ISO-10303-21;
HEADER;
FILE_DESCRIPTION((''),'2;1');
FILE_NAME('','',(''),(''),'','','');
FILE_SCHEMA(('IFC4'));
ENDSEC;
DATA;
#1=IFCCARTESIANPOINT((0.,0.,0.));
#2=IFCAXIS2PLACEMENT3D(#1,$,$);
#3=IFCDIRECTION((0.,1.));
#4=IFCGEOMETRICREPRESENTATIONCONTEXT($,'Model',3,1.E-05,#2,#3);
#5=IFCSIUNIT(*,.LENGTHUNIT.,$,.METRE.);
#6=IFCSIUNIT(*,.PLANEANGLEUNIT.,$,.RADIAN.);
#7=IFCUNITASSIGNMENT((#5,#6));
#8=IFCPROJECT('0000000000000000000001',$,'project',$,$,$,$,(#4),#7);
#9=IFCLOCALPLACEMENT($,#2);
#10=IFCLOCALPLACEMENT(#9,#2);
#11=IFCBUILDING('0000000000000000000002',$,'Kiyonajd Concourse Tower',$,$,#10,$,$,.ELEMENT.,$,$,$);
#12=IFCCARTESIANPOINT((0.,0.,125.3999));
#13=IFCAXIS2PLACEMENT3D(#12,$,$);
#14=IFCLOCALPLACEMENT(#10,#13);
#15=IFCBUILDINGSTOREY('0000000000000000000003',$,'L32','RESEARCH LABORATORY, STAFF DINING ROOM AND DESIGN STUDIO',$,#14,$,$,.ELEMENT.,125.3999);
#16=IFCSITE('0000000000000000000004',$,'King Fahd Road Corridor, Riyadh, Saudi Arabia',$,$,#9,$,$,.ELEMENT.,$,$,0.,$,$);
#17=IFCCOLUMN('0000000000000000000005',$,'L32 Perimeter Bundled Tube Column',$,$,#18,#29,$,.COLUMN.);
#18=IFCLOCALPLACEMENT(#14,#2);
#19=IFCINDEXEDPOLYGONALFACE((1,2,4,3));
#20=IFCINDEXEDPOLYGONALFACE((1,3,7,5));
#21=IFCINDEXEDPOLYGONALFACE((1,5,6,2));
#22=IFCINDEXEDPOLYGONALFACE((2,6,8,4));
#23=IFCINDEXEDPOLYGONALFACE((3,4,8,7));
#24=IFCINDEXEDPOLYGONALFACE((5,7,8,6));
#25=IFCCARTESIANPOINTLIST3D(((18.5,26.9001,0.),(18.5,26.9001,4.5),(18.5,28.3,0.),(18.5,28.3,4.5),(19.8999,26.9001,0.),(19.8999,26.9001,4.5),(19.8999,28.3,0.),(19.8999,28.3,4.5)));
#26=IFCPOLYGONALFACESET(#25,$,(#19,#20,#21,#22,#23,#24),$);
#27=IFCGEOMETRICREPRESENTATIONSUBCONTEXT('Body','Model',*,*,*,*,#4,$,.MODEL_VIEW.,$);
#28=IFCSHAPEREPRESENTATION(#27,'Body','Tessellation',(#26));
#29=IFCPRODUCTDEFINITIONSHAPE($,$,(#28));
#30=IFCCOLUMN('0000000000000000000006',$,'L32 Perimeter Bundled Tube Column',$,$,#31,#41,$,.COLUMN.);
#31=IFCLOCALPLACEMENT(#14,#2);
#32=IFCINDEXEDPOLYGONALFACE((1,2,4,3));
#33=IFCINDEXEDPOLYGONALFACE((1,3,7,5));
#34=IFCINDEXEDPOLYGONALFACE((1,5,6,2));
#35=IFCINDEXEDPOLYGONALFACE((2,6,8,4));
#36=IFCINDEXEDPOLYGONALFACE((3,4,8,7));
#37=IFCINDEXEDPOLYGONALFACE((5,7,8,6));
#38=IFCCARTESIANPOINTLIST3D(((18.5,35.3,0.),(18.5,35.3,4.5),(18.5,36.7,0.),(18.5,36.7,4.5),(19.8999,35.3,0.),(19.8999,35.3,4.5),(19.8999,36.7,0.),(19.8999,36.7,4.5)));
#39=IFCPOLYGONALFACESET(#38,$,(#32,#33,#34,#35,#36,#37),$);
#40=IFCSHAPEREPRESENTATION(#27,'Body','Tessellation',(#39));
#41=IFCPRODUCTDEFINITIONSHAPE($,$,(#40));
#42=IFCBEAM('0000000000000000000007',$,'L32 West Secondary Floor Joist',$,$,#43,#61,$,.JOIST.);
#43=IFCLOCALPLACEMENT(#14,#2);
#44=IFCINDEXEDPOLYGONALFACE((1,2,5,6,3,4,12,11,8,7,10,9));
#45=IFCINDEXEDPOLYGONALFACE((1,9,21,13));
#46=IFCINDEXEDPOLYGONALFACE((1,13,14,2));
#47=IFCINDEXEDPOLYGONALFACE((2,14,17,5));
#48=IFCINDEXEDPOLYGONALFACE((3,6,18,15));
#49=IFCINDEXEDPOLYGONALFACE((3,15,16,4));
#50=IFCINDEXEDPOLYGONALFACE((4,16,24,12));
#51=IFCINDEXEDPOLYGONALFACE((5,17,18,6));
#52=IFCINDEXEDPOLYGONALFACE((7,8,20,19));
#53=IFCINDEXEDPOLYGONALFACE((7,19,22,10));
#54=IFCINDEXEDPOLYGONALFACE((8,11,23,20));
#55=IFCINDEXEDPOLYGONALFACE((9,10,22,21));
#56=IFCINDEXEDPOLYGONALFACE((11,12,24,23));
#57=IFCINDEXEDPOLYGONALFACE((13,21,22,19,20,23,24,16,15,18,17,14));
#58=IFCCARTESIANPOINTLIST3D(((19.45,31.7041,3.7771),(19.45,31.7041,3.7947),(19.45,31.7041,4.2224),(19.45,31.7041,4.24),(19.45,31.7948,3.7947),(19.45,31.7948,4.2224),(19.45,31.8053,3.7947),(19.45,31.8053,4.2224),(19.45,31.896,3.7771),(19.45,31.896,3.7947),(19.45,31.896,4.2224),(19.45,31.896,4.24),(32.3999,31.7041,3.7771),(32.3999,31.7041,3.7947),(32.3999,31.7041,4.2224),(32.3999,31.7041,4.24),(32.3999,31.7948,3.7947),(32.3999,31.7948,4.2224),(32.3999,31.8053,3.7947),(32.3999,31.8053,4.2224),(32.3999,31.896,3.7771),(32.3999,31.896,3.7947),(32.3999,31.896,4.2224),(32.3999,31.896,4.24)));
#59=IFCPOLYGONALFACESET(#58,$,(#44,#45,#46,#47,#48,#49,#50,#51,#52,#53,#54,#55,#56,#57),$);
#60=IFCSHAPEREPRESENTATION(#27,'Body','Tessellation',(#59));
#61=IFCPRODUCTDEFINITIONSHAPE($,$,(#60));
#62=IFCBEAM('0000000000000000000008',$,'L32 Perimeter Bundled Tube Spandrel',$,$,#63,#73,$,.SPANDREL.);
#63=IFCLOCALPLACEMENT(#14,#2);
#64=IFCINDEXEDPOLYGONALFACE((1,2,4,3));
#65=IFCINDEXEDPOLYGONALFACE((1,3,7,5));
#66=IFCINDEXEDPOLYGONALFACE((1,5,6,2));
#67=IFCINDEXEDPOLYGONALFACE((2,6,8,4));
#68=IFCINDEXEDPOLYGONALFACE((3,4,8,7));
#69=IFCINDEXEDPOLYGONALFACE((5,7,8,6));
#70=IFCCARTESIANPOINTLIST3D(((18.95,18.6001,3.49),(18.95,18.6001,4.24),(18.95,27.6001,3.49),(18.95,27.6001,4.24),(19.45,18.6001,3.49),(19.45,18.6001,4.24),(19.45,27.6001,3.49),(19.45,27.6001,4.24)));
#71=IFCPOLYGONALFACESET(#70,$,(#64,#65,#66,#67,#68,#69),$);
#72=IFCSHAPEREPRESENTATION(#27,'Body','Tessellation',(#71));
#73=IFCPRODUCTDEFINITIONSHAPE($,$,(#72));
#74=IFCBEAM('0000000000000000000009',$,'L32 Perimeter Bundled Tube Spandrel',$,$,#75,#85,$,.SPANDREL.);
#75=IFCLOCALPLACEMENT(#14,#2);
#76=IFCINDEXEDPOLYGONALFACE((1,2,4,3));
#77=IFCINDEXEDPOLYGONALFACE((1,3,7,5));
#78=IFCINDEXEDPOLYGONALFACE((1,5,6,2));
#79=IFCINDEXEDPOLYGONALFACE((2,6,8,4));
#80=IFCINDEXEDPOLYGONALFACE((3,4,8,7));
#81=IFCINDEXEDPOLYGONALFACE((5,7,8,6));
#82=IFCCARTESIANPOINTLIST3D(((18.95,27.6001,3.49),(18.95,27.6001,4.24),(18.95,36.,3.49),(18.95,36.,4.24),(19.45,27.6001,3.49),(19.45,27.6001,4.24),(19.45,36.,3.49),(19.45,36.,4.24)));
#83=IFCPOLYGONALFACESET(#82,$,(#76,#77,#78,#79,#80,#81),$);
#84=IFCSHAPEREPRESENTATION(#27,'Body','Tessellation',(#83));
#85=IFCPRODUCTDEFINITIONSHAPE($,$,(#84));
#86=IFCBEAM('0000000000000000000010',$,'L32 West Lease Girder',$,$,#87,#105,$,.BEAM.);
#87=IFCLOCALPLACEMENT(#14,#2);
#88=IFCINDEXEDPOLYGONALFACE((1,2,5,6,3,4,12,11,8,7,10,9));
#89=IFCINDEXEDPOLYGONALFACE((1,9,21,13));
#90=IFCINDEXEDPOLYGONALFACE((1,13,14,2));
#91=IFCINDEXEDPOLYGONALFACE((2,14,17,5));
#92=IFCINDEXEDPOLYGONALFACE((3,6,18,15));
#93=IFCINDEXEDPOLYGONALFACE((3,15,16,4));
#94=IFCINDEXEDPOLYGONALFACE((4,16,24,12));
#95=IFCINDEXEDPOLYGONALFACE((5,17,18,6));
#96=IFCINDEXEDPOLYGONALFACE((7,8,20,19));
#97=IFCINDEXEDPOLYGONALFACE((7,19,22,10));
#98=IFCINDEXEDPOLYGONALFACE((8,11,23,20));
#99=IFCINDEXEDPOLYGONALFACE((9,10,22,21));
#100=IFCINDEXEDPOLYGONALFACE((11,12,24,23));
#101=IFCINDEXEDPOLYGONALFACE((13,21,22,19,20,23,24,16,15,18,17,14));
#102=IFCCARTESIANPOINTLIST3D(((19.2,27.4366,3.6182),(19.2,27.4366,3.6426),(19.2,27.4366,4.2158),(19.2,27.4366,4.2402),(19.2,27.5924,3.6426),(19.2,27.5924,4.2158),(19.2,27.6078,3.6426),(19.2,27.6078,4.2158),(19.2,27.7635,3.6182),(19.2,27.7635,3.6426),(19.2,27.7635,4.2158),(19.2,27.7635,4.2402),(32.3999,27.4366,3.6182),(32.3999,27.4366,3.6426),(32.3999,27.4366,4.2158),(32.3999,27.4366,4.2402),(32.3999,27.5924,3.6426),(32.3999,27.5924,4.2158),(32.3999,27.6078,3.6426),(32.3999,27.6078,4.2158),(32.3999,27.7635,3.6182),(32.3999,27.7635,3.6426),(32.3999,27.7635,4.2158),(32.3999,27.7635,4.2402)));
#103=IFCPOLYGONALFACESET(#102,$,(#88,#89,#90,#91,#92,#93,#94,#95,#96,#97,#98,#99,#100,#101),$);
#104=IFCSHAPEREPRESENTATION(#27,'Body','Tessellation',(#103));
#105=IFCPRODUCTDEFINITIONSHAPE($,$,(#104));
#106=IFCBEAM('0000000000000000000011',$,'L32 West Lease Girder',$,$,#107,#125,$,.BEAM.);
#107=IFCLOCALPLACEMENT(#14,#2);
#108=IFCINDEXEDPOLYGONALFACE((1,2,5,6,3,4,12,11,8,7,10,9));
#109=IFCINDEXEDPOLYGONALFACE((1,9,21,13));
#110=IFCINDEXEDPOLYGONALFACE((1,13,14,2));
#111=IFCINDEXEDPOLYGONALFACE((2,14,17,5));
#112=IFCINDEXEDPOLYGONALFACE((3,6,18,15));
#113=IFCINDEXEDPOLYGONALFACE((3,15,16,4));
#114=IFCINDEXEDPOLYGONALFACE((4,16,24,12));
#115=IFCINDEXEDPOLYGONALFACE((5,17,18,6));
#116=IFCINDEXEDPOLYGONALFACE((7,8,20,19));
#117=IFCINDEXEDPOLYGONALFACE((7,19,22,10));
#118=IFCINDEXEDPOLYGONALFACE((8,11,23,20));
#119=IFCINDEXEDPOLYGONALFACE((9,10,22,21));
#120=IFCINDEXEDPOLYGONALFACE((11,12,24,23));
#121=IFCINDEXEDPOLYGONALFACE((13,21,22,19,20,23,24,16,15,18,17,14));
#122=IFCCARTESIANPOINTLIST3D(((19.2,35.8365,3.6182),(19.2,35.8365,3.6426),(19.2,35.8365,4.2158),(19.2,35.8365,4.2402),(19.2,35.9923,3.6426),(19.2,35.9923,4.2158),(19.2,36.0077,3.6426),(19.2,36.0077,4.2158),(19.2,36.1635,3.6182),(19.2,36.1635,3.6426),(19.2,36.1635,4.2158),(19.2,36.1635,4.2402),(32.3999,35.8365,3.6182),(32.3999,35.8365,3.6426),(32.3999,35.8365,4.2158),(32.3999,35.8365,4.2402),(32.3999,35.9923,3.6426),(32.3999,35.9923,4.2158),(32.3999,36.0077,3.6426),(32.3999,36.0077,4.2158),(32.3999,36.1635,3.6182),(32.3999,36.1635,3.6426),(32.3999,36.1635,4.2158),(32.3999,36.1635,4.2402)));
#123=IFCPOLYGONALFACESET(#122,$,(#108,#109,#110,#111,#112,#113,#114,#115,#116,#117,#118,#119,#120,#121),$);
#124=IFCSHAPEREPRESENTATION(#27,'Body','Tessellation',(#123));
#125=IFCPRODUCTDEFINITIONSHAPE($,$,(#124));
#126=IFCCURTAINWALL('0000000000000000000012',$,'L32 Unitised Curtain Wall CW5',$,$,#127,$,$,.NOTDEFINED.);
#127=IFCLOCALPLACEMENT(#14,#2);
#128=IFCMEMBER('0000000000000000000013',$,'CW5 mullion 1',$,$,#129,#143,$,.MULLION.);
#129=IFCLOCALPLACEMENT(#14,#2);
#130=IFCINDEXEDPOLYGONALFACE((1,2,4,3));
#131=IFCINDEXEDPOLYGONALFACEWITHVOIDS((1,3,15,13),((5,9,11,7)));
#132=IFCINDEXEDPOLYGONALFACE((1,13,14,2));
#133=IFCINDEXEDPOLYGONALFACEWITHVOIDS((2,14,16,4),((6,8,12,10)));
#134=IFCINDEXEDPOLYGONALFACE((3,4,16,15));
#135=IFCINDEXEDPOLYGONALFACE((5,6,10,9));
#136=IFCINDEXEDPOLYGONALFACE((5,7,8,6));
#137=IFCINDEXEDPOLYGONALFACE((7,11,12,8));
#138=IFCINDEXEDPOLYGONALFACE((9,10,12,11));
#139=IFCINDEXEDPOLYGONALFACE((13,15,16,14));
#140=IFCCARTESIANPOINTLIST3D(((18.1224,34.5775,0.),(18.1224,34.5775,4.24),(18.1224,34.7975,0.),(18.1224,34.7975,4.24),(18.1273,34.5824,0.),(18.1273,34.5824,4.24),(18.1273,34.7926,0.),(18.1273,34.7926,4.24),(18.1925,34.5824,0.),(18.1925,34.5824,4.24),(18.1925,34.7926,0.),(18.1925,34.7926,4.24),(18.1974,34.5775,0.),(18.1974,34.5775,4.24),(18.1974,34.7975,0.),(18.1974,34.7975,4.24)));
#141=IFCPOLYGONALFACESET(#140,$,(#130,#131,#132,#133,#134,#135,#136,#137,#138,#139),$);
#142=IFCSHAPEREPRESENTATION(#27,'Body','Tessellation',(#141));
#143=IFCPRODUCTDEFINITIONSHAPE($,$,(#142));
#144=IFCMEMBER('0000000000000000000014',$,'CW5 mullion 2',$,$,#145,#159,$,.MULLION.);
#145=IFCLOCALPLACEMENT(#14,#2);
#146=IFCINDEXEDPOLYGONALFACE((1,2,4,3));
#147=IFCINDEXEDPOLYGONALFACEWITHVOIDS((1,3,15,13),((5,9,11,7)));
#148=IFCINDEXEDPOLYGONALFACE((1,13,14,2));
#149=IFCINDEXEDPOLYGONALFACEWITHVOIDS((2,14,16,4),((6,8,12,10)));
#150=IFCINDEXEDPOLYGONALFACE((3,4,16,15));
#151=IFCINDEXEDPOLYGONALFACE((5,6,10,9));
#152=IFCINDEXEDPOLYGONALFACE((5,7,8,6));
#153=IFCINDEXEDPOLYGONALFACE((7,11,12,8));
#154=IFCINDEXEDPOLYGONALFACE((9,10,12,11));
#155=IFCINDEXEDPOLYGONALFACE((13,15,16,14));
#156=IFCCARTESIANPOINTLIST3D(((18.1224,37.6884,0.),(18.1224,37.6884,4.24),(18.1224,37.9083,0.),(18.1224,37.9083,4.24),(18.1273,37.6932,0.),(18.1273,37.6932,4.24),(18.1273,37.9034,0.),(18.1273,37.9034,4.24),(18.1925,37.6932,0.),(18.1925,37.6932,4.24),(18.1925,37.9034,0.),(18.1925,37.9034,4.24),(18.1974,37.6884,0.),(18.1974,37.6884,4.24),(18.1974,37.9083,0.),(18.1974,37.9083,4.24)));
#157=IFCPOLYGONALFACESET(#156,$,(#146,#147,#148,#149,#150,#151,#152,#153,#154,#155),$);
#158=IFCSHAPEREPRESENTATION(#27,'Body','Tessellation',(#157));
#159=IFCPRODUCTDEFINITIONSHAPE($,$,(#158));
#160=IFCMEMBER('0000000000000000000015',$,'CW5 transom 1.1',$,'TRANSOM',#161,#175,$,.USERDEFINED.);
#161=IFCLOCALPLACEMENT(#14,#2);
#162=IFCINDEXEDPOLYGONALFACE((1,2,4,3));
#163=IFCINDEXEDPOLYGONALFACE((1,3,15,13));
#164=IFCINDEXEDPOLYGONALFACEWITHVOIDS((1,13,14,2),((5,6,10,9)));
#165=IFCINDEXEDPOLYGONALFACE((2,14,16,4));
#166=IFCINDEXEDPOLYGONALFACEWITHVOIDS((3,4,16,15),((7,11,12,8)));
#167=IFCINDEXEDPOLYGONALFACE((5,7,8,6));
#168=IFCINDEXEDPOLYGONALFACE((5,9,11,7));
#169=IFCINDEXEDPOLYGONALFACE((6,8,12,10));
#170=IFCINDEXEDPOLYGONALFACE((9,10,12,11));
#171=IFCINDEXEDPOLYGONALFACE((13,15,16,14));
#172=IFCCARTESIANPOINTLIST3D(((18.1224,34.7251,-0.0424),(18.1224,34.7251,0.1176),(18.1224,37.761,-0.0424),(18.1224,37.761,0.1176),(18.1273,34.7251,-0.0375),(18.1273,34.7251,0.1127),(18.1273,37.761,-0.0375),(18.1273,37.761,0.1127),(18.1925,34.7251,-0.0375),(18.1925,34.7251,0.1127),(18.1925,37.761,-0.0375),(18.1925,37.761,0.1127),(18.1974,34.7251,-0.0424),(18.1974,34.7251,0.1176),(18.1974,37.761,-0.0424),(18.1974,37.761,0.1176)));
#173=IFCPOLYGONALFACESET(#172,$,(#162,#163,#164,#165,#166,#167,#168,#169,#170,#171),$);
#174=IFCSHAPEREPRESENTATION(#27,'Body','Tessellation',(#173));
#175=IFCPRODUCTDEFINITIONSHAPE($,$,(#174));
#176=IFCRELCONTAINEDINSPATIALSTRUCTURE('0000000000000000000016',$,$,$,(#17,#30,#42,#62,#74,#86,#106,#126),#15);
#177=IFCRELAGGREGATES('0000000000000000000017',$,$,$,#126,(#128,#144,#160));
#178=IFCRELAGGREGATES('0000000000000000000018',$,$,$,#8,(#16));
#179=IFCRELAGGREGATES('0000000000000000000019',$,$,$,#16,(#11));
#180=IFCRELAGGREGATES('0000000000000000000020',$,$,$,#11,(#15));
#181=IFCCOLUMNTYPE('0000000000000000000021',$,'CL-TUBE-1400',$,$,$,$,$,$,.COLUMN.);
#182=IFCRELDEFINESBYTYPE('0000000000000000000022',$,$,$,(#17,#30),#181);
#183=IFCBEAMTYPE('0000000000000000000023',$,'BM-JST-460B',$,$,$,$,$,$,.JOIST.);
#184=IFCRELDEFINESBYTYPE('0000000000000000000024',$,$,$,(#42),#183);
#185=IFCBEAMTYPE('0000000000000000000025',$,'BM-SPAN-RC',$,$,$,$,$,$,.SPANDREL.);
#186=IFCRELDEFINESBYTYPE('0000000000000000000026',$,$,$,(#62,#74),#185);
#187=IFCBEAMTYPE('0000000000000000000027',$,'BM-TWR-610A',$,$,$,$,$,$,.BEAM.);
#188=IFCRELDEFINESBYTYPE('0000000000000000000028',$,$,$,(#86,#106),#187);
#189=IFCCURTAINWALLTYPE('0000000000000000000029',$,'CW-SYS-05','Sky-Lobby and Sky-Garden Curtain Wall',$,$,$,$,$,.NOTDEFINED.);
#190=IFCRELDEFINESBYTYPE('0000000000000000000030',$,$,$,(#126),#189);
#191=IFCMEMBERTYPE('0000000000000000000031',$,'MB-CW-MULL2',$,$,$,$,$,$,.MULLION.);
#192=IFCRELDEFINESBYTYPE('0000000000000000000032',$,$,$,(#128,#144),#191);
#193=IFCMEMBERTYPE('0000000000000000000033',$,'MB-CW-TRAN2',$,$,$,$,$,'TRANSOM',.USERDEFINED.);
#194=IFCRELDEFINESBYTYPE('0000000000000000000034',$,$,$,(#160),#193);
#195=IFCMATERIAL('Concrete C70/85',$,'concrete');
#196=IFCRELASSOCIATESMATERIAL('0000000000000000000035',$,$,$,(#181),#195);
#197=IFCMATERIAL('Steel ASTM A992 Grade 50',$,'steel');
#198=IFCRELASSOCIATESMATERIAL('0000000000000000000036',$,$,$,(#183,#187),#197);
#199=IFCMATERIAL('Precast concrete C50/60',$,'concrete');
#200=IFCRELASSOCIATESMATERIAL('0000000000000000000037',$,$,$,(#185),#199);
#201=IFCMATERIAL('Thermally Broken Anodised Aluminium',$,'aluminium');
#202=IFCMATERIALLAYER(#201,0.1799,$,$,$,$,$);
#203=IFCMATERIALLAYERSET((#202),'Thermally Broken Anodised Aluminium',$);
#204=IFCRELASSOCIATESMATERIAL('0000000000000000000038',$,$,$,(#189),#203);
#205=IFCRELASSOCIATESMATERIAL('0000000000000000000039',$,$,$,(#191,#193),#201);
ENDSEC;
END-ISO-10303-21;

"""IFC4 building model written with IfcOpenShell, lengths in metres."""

from ifc_helpers import new_model, si_unit, direction, frame, origin, origin_2d, place, context, subcontext, project, spatial, rectangle, hollow_rectangle, i_section, extrude, material, layer, layer_set, material_profile, profile_set, type_object, element, aggregate, save


model = new_model("IFC4")

# Units and contexts
model_context = context("Model", 3, precision=1e-05, world=origin(), true_north=direction((0.0, 1.0)))
body_context = subcontext(model_context, "Body", "Model", "MODEL_VIEW")
ifc_project = project(units=[si_unit("LENGTHUNIT", "METRE"), si_unit("PLANEANGLEUNIT", "RADIAN")], contexts=[model_context])

# Site, building, storey
site_placement = place(None, origin())
site = spatial("IfcSite", under=ifc_project, at=site_placement, Name="King Fahd Road Corridor, Riyadh, Saudi Arabia", CompositionType="ELEMENT", RefElevation=0.0)
building_placement = place(site_placement, origin())
building = spatial("IfcBuilding", under=site, at=building_placement, Name="Kiyonajd Concourse Tower", CompositionType="ELEMENT")
storey_placement = place(building_placement, frame((0.0, 0.0, 125.3999)))
storey = spatial("IfcBuildingStorey", under=building, at=storey_placement, Name="L32", Description="RESEARCH LABORATORY, STAFF DINING ROOM AND DESIGN STUDIO", CompositionType="ELEMENT", Elevation=125.3999)

# Columns
ifc_material_1 = material(Name="Concrete C70/85", Category="concrete")
ifc_material_profile_1 = material_profile(ifc_material_1, rectangle(XDim=1.3999, YDim=1.3999, at=origin_2d()), Name="RC-1400x1400")
ifc_profile_set_1 = profile_set([ifc_material_profile_1], Name="Concrete C70/85")
column_type = type_object("IfcColumnType", Name="CL-TUBE-1400", PredefinedType="COLUMN", material=ifc_profile_set_1)
for number, where, z_axis, x_axis, name in (
    (1, (19.2, 27.6001, 0.0), (0.0, 0.0, 1.0), (1.0, 0.0, 0.0), "L32 Perimeter Bundled Tube Column"),
    (2, (19.2, 36.0, 0.0), (0.0, 0.0, 1.0), (1.0, 0.0, 0.0), "L32 Perimeter Bundled Tube Column"),
):
    element("IfcColumn", number, at=place(storey_placement, frame(where, z_axis=z_axis, x_axis=x_axis)), inside=storey, type_object=column_type, Name=name, PredefinedType="COLUMN", context=body_context, shape_type="SweptSolid", body=[
        extrude(rectangle(XDim=1.3999, YDim=1.3999, at=origin_2d()), origin(), (0.0, 0.0, 1.0), 4.5),
    ])

# Beams
ifc_material_2 = material(Name="Steel ASTM A992 Grade 50", Category="steel")
ifc_material_profile_2 = material_profile(ifc_material_2, i_section(OverallWidth=0.1919, OverallDepth=0.4629, WebThickness=0.0105, FlangeThickness=0.0176, at=origin_2d()), Name="W460X89")
ifc_profile_set_2 = profile_set([ifc_material_profile_2], Name="Steel ASTM A992 Grade 50")
beam_type_1 = type_object("IfcBeamType", Name="BM-JST-460B", PredefinedType="JOIST", material=ifc_profile_set_2)
beam_1_placement = place(storey_placement, frame((19.45, 31.8, 4.0085), z_axis=(1.0, 0.0, 0.0), x_axis=(0.0, 1.0, 0.0)))
element("IfcBeam", 3, at=beam_1_placement, inside=storey, type_object=beam_type_1, Name="L32 West Secondary Floor Joist", PredefinedType="JOIST", context=body_context, shape_type="SweptSolid", body=[
    extrude(i_section(OverallWidth=0.1919, OverallDepth=0.4629, WebThickness=0.0105, FlangeThickness=0.0176, at=origin_2d()), origin(), (0.0, 0.0, 1.0), 12.95),
])
ifc_material_3 = material(Name="Precast concrete C50/60", Category="concrete")
ifc_material_profile_3 = material_profile(ifc_material_3, rectangle(XDim=0.5, YDim=0.75, at=origin_2d()), Name="RCBM-500x750")
ifc_profile_set_3 = profile_set([ifc_material_profile_3], Name="Precast concrete C50/60")
beam_type_2 = type_object("IfcBeamType", Name="BM-SPAN-RC", PredefinedType="SPANDREL", material=ifc_profile_set_3)
beam_2_placement = place(storey_placement, frame((19.2, 27.6001, 3.865), z_axis=(0.0, -1.0, 0.0), x_axis=(1.0, 0.0, 0.0)))
element("IfcBeam", 4, at=beam_2_placement, inside=storey, type_object=beam_type_2, Name="L32 Perimeter Bundled Tube Spandrel", PredefinedType="SPANDREL", context=body_context, shape_type="SweptSolid", body=[
    extrude(rectangle(XDim=0.5, YDim=0.75, at=origin_2d()), origin(), (0.0, 0.0, 1.0), 9.0),
])
beam_3_placement = place(storey_placement, frame((19.2, 36.0, 3.865), z_axis=(0.0, -1.0, 0.0), x_axis=(1.0, 0.0, 0.0)))
element("IfcBeam", 5, at=beam_3_placement, inside=storey, type_object=beam_type_2, Name="L32 Perimeter Bundled Tube Spandrel", PredefinedType="SPANDREL", context=body_context, shape_type="SweptSolid", body=[
    extrude(rectangle(XDim=0.5, YDim=0.75, at=origin_2d()), origin(), (0.0, 0.0, 1.0), 8.3999),
])
ifc_material_profile_4 = material_profile(ifc_material_2, i_section(OverallWidth=0.3269, OverallDepth=0.6221, WebThickness=0.0154, FlangeThickness=0.0244, at=origin_2d()), Name="W610X195")
ifc_profile_set_4 = profile_set([ifc_material_profile_4], Name="Steel ASTM A992 Grade 50")
beam_type_3 = type_object("IfcBeamType", Name="BM-TWR-610A", PredefinedType="BEAM", material=ifc_profile_set_4)
for number, where, z_axis, x_axis, name in (
    (6, (19.2, 27.6001, 3.9292), (1.0, 0.0, 0.0), (0.0, 1.0, 0.0), "L32 West Lease Girder"),
    (7, (19.2, 36.0, 3.9292), (1.0, 0.0, 0.0), (0.0, 1.0, 0.0), "L32 West Lease Girder"),
):
    element("IfcBeam", number, at=place(storey_placement, frame(where, z_axis=z_axis, x_axis=x_axis)), inside=storey, type_object=beam_type_3, Name=name, PredefinedType="BEAM", context=body_context, shape_type="SweptSolid", body=[
        extrude(i_section(OverallWidth=0.3269, OverallDepth=0.6221, WebThickness=0.0154, FlangeThickness=0.0244, at=origin_2d()), origin(), (0.0, 0.0, 1.0), 13.2),
    ])

# Curtain wall, members
ifc_material_4 = material(Name="Thermally Broken Anodised Aluminium", Category="aluminium")
ifc_layer_1 = layer(ifc_material_4, 0.1799)
ifc_layer_set_1 = layer_set([ifc_layer_1], Name="Thermally Broken Anodised Aluminium")
curtain_wall_type = type_object("IfcCurtainWallType", Name="CW-SYS-05", Description="Sky-Lobby and Sky-Garden Curtain Wall", PredefinedType="NOTDEFINED", material=ifc_layer_set_1)
curtain_wall_placement = place(storey_placement, origin())
curtain_wall = element("IfcCurtainWall", 8, at=curtain_wall_placement, inside=storey, type_object=curtain_wall_type, Name="L32 Unitised Curtain Wall CW5", PredefinedType="NOTDEFINED")
ifc_material_profile_5 = material_profile(ifc_material_4, hollow_rectangle(XDim=0.075, YDim=0.22, WallThickness=0.0049, at=origin_2d()), Name="MULL-75x220")
ifc_profile_set_5 = profile_set([ifc_material_profile_5], Name="Thermally Broken Anodised Aluminium")
member_type_1 = type_object("IfcMemberType", Name="MB-CW-MULL2", PredefinedType="MULLION", material=ifc_profile_set_5)
member_1_placement = place(storey_placement, frame((18.1599, 34.6875, 0.0), z_axis=(0.0, 0.0, 1.0), x_axis=(-1.0, 0.0, 0.0)))
member_1 = element("IfcMember", 9, at=member_1_placement, type_object=member_type_1, Name="CW5 mullion 1", PredefinedType="MULLION", context=body_context, shape_type="SweptSolid", body=[
    extrude(hollow_rectangle(XDim=0.075, YDim=0.22, WallThickness=0.0049, at=origin_2d()), origin(), (0.0, 0.0, 1.0), 4.24),
])
member_2_placement = place(storey_placement, frame((18.1599, 37.7983, 0.0), z_axis=(0.0, 0.0, 1.0), x_axis=(-1.0, 0.0, 0.0)))
member_2 = element("IfcMember", 10, at=member_2_placement, type_object=member_type_1, Name="CW5 mullion 2", PredefinedType="MULLION", context=body_context, shape_type="SweptSolid", body=[
    extrude(hollow_rectangle(XDim=0.075, YDim=0.22, WallThickness=0.0049, at=origin_2d()), origin(), (0.0, 0.0, 1.0), 4.24),
])
ifc_material_profile_6 = material_profile(ifc_material_4, hollow_rectangle(XDim=0.075, YDim=0.1599, WallThickness=0.0049, at=origin_2d()), Name="TRAN-75x160")
ifc_profile_set_6 = profile_set([ifc_material_profile_6], Name="Thermally Broken Anodised Aluminium")
member_type_2 = type_object("IfcMemberType", Name="MB-CW-TRAN2", ElementType="TRANSOM", PredefinedType="USERDEFINED", material=ifc_profile_set_6)
member_3_placement = place(storey_placement, frame((18.1599, 34.7251, 0.0376), z_axis=(0.0, 1.0, 0.0), x_axis=(-1.0, 0.0, 0.0)))
member_3 = element("IfcMember", 11, at=member_3_placement, type_object=member_type_2, Name="CW5 transom 1.1", ObjectType="TRANSOM", PredefinedType="USERDEFINED", context=body_context, shape_type="SweptSolid", body=[
    extrude(hollow_rectangle(XDim=0.075, YDim=0.1599, WallThickness=0.0049, at=origin_2d()), origin(), (0.0, 0.0, 1.0), 3.0359),
])

aggregate(curtain_wall, [member_1, member_2, member_3])

save(model, "model.ifc")
